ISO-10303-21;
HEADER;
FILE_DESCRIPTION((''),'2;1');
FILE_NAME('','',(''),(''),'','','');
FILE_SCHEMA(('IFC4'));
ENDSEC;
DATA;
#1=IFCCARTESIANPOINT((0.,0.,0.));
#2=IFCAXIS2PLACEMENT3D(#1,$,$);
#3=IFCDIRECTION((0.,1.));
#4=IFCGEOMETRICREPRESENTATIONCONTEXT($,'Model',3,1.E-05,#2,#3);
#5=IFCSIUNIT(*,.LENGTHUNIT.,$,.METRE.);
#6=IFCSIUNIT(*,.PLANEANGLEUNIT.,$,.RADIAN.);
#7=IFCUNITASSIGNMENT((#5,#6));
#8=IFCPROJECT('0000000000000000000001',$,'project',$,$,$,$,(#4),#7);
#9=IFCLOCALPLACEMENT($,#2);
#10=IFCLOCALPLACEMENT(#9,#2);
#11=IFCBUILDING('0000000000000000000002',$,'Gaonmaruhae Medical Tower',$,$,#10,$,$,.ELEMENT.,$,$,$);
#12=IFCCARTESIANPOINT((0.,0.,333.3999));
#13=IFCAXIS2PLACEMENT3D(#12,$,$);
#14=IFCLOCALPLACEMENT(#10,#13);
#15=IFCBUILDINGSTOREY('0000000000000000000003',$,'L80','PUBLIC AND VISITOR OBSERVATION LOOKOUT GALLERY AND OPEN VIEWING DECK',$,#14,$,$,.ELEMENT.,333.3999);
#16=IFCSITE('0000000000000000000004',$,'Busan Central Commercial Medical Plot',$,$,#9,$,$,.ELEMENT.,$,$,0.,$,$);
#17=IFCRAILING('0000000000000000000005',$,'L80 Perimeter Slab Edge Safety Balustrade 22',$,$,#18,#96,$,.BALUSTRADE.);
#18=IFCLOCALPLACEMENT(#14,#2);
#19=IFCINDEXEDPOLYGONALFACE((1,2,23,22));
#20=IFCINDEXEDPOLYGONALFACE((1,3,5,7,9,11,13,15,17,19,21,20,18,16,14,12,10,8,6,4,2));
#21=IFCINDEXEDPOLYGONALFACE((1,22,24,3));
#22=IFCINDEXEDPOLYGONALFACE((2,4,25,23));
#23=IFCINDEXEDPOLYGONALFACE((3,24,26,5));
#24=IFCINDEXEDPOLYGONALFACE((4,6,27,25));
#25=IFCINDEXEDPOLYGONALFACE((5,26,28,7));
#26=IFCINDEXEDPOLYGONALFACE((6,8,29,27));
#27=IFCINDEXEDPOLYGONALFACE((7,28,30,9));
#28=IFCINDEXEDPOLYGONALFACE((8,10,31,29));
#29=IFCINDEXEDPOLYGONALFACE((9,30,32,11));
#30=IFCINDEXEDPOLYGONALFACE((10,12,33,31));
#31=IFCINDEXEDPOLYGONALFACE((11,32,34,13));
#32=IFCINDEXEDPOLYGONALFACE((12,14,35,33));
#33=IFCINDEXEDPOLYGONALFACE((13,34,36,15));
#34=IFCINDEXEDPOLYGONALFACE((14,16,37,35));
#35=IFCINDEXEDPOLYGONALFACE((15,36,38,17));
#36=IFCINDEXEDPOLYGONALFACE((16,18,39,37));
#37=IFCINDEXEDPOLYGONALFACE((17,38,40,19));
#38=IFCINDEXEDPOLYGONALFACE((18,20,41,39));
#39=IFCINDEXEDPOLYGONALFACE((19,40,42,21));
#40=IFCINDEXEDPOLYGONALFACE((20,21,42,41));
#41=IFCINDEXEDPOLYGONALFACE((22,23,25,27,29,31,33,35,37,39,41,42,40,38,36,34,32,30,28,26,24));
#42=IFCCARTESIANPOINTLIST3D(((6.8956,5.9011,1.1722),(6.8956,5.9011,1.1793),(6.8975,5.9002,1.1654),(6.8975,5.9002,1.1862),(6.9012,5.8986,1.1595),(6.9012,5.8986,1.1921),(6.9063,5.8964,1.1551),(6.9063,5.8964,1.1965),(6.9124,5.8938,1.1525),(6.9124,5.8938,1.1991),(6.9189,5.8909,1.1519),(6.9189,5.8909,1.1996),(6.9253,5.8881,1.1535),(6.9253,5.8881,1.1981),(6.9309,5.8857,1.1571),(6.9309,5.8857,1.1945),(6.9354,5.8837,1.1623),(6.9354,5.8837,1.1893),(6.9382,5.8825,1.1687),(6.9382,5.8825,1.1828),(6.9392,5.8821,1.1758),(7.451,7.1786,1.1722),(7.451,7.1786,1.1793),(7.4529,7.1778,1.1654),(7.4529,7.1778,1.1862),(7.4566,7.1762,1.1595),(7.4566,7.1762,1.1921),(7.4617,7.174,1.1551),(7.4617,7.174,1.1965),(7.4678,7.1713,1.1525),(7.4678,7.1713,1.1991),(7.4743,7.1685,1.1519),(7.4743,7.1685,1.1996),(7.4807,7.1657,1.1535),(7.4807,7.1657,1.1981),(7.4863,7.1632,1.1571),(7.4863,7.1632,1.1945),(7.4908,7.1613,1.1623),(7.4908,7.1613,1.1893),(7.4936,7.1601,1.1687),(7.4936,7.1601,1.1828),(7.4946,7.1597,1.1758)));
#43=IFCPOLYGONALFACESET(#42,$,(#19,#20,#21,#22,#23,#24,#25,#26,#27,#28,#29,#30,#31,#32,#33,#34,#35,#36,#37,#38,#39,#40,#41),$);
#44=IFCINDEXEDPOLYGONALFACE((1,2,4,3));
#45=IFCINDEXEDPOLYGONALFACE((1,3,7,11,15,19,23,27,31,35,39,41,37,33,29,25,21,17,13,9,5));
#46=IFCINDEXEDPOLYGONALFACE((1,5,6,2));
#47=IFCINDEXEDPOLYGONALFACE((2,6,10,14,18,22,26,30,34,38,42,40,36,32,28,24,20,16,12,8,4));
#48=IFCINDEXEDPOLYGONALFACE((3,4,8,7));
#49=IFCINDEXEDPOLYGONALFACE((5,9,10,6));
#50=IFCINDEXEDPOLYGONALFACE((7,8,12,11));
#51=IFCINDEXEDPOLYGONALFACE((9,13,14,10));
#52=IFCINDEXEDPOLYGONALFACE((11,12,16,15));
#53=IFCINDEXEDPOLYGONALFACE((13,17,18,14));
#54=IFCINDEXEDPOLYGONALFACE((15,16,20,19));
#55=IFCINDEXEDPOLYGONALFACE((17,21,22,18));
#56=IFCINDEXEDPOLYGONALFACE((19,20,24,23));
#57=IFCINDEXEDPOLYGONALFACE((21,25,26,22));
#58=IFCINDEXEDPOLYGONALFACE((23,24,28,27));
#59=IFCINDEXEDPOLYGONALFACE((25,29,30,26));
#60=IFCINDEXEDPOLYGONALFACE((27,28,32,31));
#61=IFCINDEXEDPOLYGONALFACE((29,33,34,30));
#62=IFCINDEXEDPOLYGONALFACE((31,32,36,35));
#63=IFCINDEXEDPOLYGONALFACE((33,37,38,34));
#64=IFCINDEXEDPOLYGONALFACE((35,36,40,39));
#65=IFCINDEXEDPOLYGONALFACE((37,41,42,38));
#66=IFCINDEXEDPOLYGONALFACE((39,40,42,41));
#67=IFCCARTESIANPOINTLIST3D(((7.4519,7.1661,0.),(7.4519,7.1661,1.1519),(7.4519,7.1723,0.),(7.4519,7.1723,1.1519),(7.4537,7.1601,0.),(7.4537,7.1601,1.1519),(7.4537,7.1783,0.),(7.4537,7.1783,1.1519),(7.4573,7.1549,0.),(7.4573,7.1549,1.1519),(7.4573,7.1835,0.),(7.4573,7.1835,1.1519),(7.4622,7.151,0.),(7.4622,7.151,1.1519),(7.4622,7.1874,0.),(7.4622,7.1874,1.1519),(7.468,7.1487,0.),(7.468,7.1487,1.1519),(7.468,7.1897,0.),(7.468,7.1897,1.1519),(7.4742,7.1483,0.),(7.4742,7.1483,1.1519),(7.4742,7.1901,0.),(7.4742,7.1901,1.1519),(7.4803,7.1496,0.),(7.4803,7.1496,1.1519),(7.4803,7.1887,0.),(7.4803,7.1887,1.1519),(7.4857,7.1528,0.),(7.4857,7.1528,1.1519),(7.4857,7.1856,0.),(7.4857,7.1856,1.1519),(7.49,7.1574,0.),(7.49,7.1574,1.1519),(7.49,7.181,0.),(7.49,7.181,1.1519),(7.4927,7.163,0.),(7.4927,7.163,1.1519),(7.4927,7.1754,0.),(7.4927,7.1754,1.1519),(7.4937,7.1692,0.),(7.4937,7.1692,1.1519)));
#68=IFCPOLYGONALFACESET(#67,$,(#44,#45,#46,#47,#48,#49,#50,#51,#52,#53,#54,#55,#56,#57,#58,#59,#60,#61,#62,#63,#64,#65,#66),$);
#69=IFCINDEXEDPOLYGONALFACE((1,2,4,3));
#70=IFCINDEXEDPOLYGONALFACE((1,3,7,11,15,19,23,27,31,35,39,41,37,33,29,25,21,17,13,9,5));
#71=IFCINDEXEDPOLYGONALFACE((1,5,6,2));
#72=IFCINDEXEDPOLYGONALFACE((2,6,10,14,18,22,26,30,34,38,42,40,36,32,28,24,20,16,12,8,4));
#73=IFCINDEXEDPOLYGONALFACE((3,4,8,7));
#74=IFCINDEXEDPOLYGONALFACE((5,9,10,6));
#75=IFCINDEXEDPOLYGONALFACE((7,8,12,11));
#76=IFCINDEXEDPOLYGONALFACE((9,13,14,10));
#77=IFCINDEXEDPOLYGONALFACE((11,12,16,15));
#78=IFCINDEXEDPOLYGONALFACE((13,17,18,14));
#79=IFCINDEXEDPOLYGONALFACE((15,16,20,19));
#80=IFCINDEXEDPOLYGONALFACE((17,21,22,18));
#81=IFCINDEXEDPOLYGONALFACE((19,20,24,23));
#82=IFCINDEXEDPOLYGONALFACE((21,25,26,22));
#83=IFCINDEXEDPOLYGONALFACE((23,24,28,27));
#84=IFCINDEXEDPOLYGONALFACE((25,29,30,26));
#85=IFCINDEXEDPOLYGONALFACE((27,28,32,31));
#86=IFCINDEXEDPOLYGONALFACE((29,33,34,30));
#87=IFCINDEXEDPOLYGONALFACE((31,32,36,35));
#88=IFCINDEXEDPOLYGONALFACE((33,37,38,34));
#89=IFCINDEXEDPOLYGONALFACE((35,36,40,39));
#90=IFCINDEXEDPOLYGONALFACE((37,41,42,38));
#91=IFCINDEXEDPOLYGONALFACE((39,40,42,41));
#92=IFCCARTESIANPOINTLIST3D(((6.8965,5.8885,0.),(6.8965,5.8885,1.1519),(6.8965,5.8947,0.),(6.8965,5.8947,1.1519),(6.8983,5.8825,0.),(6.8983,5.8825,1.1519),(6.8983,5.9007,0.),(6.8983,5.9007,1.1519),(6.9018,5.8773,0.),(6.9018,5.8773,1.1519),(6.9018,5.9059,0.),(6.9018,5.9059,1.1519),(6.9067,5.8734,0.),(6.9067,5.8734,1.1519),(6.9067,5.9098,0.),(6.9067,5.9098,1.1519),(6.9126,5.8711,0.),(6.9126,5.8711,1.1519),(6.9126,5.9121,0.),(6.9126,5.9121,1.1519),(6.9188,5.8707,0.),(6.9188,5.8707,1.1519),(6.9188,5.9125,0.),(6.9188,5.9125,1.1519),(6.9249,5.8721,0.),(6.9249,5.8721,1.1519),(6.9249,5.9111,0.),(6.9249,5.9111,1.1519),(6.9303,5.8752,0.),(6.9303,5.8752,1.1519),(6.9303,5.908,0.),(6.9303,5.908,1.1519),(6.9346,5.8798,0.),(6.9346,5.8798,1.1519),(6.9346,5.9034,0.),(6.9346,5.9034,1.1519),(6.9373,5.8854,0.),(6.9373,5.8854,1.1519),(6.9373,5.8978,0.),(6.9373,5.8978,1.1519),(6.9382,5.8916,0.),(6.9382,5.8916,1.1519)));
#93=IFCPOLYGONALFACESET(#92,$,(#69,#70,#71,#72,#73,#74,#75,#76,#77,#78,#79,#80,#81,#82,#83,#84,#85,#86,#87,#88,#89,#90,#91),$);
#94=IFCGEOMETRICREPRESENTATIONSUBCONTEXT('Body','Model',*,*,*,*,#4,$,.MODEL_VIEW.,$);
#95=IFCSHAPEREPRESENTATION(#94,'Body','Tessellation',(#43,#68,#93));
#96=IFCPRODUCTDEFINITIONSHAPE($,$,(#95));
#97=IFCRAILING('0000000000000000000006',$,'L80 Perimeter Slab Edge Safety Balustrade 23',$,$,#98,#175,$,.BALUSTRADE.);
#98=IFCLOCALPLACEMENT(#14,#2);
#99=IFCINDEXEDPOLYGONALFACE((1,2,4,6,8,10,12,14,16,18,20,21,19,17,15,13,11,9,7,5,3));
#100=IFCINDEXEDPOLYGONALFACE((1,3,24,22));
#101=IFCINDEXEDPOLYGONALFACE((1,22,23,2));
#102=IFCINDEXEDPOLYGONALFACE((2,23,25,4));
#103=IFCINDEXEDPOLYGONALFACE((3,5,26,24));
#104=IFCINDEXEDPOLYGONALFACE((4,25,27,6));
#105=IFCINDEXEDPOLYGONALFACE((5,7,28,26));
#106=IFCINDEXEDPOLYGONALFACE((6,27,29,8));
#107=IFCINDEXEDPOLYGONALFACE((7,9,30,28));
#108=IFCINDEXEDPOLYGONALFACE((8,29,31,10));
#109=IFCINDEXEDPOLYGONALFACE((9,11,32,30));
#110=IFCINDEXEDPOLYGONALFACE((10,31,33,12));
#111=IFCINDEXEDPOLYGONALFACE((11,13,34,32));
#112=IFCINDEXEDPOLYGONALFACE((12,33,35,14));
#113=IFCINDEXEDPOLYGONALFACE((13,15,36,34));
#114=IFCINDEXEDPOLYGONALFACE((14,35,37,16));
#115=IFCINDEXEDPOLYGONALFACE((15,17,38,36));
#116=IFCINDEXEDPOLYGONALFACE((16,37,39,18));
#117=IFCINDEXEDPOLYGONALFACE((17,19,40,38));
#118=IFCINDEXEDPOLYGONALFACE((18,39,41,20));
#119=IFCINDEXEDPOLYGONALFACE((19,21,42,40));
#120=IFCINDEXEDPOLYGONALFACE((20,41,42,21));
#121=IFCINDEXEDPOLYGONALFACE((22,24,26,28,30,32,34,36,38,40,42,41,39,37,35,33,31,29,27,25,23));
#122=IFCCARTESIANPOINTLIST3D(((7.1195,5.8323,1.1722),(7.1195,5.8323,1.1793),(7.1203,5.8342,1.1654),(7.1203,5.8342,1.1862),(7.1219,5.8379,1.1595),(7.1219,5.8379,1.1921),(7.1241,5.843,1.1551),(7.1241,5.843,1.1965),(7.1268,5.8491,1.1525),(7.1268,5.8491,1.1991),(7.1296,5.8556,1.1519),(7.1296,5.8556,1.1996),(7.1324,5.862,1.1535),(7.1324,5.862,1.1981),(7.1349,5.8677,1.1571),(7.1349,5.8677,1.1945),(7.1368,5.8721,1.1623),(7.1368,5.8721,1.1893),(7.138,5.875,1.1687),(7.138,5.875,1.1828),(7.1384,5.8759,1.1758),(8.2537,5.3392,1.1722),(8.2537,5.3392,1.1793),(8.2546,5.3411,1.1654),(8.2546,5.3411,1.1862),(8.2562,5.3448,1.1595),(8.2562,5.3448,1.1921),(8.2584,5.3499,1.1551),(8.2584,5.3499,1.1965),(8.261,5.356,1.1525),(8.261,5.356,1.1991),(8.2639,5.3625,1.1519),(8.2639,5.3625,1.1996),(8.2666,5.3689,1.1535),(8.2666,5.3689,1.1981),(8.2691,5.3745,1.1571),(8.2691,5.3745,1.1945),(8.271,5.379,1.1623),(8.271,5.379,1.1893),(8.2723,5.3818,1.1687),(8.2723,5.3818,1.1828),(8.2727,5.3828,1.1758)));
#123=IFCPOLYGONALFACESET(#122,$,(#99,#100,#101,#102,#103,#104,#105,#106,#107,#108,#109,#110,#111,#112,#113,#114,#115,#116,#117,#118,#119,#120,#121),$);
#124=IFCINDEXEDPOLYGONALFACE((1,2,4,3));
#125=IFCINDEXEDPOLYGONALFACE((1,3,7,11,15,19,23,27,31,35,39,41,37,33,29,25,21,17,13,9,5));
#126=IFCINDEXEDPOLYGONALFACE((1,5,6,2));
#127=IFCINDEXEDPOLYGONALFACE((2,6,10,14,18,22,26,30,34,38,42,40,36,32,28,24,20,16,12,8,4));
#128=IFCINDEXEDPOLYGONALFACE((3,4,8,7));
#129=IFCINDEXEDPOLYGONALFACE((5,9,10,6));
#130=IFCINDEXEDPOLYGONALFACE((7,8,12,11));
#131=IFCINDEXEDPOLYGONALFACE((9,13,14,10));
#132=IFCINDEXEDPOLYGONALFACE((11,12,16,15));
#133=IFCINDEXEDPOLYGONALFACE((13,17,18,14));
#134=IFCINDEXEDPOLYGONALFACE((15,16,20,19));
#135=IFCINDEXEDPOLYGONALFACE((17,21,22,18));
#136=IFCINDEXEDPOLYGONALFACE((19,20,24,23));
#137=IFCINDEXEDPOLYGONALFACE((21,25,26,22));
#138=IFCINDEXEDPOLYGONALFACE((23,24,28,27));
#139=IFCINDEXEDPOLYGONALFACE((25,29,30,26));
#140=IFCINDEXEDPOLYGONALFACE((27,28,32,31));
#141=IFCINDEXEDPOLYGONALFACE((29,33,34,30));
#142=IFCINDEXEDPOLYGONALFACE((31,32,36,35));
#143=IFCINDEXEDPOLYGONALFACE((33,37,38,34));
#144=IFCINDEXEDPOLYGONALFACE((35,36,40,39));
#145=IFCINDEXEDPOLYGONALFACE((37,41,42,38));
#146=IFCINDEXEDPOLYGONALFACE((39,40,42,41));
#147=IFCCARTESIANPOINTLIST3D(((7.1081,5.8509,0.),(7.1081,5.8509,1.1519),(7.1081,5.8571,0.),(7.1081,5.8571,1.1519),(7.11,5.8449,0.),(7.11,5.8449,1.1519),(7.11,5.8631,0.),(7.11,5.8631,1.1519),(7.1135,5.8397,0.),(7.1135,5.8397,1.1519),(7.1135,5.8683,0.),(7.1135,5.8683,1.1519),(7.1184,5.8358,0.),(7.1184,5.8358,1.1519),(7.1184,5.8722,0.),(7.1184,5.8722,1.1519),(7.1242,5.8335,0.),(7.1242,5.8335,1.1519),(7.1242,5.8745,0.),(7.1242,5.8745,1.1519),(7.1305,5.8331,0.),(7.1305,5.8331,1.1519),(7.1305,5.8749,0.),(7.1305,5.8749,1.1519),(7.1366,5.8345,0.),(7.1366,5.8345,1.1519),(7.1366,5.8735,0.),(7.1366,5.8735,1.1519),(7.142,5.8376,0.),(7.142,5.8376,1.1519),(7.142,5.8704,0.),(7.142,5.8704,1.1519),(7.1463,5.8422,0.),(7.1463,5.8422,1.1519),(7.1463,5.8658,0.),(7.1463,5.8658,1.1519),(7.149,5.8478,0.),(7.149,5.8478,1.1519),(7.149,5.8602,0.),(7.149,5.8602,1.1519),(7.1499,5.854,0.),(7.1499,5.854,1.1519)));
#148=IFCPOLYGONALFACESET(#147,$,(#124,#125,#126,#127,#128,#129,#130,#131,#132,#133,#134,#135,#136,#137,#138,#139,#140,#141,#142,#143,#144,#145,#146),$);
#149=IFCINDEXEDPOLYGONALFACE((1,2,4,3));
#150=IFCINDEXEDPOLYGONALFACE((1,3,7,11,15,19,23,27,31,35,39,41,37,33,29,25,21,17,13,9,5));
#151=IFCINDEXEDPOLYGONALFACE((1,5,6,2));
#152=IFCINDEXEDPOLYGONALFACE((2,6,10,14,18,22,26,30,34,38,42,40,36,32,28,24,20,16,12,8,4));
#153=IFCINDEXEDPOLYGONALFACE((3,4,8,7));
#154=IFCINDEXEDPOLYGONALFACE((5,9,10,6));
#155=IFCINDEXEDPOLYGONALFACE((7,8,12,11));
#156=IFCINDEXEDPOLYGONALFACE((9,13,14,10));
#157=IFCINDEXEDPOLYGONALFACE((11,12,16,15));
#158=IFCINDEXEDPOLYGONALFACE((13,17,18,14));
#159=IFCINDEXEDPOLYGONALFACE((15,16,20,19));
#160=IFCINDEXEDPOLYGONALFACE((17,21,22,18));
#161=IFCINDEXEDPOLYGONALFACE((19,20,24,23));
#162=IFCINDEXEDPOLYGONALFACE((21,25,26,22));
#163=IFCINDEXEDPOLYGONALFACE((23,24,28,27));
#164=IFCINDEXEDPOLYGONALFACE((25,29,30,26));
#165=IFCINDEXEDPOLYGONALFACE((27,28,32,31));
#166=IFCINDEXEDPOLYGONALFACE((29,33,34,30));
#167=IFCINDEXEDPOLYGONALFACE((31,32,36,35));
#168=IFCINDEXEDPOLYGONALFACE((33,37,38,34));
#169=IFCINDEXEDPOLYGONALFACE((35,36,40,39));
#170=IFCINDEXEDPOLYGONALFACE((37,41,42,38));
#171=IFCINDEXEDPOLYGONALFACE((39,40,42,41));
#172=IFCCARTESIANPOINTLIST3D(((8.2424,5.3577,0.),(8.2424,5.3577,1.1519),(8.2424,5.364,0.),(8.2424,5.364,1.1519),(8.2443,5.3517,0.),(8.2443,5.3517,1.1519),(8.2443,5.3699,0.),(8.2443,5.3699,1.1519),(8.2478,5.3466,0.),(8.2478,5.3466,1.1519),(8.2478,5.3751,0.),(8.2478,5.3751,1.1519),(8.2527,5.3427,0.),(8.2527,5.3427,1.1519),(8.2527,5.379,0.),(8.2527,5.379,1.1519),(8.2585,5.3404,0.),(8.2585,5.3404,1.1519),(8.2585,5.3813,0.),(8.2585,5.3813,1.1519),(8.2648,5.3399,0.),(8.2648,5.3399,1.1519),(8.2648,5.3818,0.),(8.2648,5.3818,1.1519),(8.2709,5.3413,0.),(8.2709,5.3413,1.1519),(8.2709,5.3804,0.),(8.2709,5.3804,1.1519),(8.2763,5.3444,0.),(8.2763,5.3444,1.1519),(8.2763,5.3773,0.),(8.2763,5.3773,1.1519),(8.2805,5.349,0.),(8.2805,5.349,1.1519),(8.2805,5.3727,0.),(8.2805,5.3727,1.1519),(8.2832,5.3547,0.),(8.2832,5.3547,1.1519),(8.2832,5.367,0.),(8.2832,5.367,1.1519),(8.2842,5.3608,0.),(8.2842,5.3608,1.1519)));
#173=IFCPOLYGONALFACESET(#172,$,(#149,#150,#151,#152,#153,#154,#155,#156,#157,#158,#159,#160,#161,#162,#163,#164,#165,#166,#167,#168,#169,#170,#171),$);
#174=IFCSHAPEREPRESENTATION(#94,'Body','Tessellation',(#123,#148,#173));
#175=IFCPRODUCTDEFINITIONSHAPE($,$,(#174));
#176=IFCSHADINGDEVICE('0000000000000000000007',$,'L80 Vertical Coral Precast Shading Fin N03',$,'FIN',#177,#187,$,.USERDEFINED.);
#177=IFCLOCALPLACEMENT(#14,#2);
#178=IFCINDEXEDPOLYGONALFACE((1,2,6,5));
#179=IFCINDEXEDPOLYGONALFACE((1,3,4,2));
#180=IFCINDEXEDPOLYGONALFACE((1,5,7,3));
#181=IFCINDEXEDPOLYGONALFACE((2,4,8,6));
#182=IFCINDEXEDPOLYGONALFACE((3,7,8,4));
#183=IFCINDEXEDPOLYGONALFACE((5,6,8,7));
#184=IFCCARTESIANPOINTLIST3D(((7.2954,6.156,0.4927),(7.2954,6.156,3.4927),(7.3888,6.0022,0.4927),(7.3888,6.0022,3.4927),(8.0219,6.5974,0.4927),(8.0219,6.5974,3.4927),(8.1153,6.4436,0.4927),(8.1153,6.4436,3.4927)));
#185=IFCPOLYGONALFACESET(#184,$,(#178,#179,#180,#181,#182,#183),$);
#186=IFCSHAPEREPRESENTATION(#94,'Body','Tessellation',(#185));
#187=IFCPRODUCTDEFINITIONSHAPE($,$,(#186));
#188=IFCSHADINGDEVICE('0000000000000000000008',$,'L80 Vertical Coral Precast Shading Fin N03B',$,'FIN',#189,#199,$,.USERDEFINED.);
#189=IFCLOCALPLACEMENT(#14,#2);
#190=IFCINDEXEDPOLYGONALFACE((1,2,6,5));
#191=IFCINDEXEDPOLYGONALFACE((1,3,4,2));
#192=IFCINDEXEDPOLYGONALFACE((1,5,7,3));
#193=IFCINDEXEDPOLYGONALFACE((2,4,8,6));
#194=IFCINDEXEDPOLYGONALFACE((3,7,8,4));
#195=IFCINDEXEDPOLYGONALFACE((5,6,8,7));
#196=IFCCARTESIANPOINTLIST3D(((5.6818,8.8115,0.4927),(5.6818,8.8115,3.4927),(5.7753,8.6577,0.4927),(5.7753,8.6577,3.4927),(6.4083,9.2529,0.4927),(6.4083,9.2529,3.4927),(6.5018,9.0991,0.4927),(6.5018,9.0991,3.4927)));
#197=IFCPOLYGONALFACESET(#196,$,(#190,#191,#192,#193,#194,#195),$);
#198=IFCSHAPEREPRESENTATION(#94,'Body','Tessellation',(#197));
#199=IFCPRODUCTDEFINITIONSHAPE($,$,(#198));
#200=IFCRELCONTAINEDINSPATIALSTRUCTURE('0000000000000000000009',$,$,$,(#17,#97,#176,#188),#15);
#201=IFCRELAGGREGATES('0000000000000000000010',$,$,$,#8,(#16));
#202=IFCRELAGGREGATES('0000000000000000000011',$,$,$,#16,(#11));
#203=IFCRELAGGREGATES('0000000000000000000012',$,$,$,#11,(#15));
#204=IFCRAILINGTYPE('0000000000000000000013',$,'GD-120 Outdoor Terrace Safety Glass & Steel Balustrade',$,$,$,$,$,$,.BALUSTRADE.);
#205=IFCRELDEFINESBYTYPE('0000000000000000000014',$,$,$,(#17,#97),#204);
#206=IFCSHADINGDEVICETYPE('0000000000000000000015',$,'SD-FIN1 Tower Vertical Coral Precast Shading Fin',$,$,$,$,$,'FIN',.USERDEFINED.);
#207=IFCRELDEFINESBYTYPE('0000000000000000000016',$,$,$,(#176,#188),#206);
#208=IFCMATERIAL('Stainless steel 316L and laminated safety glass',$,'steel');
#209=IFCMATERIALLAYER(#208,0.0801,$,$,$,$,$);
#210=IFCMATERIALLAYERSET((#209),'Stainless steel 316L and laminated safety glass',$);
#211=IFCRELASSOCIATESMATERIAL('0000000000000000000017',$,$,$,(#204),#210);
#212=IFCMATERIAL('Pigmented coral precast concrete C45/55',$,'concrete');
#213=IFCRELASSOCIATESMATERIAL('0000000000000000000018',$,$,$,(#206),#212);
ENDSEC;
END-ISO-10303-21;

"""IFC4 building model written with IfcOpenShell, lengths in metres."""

from ifc_helpers import new_model, si_unit, direction, frame, origin, origin_2d, place, context, subcontext, project, spatial, rectangle, circle, extrude, material, layer, layer_set, type_object, element, save


model = new_model("IFC4")

# Units and contexts
model_context = context("Model", 3, precision=1e-05, world=origin(), true_north=direction((0.0, 1.0)))
body_context = subcontext(model_context, "Body", "Model", "MODEL_VIEW")
ifc_project = project(units=[si_unit("LENGTHUNIT", "METRE"), si_unit("PLANEANGLEUNIT", "RADIAN")], contexts=[model_context])

# Site, building, storey
site_placement = place(None, origin())
site = spatial("IfcSite", under=ifc_project, at=site_placement, Name="Busan Central Commercial Medical Plot", CompositionType="ELEMENT", RefElevation=0.0)
building_placement = place(site_placement, origin())
building = spatial("IfcBuilding", under=site, at=building_placement, Name="Gaonmaruhae Medical Tower", CompositionType="ELEMENT")
storey_placement = place(building_placement, frame((0.0, 0.0, 333.3999)))
storey = spatial("IfcBuildingStorey", under=building, at=storey_placement, Name="L80", Description="PUBLIC AND VISITOR OBSERVATION LOOKOUT GALLERY AND OPEN VIEWING DECK", CompositionType="ELEMENT", Elevation=333.3999)

# Railings
ifc_material_1 = material(Name="Stainless steel 316L and laminated safety glass", Category="steel")
ifc_layer_1 = layer(ifc_material_1, 0.0801)
ifc_layer_set_1 = layer_set([ifc_layer_1], Name="Stainless steel 316L and laminated safety glass")
railing_type = type_object("IfcRailingType", Name="GD-120 Outdoor Terrace Safety Glass & Steel Balustrade", PredefinedType="BALUSTRADE", material=ifc_layer_set_1)
railing_1_placement = place(storey_placement, frame((7.4727, 7.1692, 0.0)))
element("IfcRailing", 1, at=railing_1_placement, inside=storey, type_object=railing_type, Name="L80 Perimeter Slab Edge Safety Balustrade 22", PredefinedType="BALUSTRADE", context=body_context, shape_type="SweptSolid", body=[
    extrude(circle(Radius=0.0239, at=origin_2d()), frame((0.0, 0.0, 1.1758), z_axis=(-0.398694, -0.917084, 0.0), x_axis=(0.917084, -0.398694, 0.0)), (0.0, 0.0, 1.0), 1.3931),
    extrude(circle(Radius=0.021, at=origin_2d()), origin(), (0.0, 0.0, 1.0), 1.1519),
    extrude(circle(Radius=0.021, at=origin_2d()), frame((-0.5554, -1.2776, 0.0)), (0.0, 0.0, 1.0), 1.1519),
])
railing_2_placement = place(storey_placement, frame((7.1289, 5.854, 0.0)))
element("IfcRailing", 2, at=railing_2_placement, inside=storey, type_object=railing_type, Name="L80 Perimeter Slab Edge Safety Balustrade 23", PredefinedType="BALUSTRADE", context=body_context, shape_type="SweptSolid", body=[
    extrude(circle(Radius=0.0239, at=origin_2d()), frame((0.0, 0.0, 1.1758), z_axis=(0.91707, -0.398726, 0.0), x_axis=(0.398726, 0.91707, 0.0)), (0.0, 0.0, 1.0), 1.2368),
    extrude(circle(Radius=0.021, at=origin_2d()), origin(), (0.0, 0.0, 1.0), 1.1519),
    extrude(circle(Radius=0.021, at=origin_2d()), frame((1.1343, -0.4932, 0.0)), (0.0, 0.0, 1.0), 1.1519),
])

# Shading devices
ifc_material_2 = material(Name="Pigmented coral precast concrete C45/55", Category="concrete")
shading_device_type = type_object("IfcShadingDeviceType", Name="SD-FIN1 Tower Vertical Coral Precast Shading Fin", ElementType="FIN", PredefinedType="USERDEFINED", material=ifc_material_2)
for number, where, z_axis, x_axis, name in (
    (3, (7.7053, 6.2998, 0.4927), (0.0, 0.0, 1.0), (-0.519251, 0.854622, 0.0), "L80 Vertical Coral Precast Shading Fin N03"),
    (4, (6.0918, 8.9553, 0.4927), (0.0, 0.0, 1.0), (-0.519251, 0.854622, 0.0), "L80 Vertical Coral Precast Shading Fin N03B"),
):
    element("IfcShadingDevice", number, at=place(storey_placement, frame(where, z_axis=z_axis, x_axis=x_axis)), inside=storey, type_object=shading_device_type, Name=name, ObjectType="FIN", PredefinedType="USERDEFINED", context=body_context, shape_type="SweptSolid", body=[
        extrude(rectangle(XDim=0.1799, YDim=0.8501, at=origin_2d()), origin(), (0.0, 0.0, 1.0), 3.0),
    ])

save(model, "model.ifc")
